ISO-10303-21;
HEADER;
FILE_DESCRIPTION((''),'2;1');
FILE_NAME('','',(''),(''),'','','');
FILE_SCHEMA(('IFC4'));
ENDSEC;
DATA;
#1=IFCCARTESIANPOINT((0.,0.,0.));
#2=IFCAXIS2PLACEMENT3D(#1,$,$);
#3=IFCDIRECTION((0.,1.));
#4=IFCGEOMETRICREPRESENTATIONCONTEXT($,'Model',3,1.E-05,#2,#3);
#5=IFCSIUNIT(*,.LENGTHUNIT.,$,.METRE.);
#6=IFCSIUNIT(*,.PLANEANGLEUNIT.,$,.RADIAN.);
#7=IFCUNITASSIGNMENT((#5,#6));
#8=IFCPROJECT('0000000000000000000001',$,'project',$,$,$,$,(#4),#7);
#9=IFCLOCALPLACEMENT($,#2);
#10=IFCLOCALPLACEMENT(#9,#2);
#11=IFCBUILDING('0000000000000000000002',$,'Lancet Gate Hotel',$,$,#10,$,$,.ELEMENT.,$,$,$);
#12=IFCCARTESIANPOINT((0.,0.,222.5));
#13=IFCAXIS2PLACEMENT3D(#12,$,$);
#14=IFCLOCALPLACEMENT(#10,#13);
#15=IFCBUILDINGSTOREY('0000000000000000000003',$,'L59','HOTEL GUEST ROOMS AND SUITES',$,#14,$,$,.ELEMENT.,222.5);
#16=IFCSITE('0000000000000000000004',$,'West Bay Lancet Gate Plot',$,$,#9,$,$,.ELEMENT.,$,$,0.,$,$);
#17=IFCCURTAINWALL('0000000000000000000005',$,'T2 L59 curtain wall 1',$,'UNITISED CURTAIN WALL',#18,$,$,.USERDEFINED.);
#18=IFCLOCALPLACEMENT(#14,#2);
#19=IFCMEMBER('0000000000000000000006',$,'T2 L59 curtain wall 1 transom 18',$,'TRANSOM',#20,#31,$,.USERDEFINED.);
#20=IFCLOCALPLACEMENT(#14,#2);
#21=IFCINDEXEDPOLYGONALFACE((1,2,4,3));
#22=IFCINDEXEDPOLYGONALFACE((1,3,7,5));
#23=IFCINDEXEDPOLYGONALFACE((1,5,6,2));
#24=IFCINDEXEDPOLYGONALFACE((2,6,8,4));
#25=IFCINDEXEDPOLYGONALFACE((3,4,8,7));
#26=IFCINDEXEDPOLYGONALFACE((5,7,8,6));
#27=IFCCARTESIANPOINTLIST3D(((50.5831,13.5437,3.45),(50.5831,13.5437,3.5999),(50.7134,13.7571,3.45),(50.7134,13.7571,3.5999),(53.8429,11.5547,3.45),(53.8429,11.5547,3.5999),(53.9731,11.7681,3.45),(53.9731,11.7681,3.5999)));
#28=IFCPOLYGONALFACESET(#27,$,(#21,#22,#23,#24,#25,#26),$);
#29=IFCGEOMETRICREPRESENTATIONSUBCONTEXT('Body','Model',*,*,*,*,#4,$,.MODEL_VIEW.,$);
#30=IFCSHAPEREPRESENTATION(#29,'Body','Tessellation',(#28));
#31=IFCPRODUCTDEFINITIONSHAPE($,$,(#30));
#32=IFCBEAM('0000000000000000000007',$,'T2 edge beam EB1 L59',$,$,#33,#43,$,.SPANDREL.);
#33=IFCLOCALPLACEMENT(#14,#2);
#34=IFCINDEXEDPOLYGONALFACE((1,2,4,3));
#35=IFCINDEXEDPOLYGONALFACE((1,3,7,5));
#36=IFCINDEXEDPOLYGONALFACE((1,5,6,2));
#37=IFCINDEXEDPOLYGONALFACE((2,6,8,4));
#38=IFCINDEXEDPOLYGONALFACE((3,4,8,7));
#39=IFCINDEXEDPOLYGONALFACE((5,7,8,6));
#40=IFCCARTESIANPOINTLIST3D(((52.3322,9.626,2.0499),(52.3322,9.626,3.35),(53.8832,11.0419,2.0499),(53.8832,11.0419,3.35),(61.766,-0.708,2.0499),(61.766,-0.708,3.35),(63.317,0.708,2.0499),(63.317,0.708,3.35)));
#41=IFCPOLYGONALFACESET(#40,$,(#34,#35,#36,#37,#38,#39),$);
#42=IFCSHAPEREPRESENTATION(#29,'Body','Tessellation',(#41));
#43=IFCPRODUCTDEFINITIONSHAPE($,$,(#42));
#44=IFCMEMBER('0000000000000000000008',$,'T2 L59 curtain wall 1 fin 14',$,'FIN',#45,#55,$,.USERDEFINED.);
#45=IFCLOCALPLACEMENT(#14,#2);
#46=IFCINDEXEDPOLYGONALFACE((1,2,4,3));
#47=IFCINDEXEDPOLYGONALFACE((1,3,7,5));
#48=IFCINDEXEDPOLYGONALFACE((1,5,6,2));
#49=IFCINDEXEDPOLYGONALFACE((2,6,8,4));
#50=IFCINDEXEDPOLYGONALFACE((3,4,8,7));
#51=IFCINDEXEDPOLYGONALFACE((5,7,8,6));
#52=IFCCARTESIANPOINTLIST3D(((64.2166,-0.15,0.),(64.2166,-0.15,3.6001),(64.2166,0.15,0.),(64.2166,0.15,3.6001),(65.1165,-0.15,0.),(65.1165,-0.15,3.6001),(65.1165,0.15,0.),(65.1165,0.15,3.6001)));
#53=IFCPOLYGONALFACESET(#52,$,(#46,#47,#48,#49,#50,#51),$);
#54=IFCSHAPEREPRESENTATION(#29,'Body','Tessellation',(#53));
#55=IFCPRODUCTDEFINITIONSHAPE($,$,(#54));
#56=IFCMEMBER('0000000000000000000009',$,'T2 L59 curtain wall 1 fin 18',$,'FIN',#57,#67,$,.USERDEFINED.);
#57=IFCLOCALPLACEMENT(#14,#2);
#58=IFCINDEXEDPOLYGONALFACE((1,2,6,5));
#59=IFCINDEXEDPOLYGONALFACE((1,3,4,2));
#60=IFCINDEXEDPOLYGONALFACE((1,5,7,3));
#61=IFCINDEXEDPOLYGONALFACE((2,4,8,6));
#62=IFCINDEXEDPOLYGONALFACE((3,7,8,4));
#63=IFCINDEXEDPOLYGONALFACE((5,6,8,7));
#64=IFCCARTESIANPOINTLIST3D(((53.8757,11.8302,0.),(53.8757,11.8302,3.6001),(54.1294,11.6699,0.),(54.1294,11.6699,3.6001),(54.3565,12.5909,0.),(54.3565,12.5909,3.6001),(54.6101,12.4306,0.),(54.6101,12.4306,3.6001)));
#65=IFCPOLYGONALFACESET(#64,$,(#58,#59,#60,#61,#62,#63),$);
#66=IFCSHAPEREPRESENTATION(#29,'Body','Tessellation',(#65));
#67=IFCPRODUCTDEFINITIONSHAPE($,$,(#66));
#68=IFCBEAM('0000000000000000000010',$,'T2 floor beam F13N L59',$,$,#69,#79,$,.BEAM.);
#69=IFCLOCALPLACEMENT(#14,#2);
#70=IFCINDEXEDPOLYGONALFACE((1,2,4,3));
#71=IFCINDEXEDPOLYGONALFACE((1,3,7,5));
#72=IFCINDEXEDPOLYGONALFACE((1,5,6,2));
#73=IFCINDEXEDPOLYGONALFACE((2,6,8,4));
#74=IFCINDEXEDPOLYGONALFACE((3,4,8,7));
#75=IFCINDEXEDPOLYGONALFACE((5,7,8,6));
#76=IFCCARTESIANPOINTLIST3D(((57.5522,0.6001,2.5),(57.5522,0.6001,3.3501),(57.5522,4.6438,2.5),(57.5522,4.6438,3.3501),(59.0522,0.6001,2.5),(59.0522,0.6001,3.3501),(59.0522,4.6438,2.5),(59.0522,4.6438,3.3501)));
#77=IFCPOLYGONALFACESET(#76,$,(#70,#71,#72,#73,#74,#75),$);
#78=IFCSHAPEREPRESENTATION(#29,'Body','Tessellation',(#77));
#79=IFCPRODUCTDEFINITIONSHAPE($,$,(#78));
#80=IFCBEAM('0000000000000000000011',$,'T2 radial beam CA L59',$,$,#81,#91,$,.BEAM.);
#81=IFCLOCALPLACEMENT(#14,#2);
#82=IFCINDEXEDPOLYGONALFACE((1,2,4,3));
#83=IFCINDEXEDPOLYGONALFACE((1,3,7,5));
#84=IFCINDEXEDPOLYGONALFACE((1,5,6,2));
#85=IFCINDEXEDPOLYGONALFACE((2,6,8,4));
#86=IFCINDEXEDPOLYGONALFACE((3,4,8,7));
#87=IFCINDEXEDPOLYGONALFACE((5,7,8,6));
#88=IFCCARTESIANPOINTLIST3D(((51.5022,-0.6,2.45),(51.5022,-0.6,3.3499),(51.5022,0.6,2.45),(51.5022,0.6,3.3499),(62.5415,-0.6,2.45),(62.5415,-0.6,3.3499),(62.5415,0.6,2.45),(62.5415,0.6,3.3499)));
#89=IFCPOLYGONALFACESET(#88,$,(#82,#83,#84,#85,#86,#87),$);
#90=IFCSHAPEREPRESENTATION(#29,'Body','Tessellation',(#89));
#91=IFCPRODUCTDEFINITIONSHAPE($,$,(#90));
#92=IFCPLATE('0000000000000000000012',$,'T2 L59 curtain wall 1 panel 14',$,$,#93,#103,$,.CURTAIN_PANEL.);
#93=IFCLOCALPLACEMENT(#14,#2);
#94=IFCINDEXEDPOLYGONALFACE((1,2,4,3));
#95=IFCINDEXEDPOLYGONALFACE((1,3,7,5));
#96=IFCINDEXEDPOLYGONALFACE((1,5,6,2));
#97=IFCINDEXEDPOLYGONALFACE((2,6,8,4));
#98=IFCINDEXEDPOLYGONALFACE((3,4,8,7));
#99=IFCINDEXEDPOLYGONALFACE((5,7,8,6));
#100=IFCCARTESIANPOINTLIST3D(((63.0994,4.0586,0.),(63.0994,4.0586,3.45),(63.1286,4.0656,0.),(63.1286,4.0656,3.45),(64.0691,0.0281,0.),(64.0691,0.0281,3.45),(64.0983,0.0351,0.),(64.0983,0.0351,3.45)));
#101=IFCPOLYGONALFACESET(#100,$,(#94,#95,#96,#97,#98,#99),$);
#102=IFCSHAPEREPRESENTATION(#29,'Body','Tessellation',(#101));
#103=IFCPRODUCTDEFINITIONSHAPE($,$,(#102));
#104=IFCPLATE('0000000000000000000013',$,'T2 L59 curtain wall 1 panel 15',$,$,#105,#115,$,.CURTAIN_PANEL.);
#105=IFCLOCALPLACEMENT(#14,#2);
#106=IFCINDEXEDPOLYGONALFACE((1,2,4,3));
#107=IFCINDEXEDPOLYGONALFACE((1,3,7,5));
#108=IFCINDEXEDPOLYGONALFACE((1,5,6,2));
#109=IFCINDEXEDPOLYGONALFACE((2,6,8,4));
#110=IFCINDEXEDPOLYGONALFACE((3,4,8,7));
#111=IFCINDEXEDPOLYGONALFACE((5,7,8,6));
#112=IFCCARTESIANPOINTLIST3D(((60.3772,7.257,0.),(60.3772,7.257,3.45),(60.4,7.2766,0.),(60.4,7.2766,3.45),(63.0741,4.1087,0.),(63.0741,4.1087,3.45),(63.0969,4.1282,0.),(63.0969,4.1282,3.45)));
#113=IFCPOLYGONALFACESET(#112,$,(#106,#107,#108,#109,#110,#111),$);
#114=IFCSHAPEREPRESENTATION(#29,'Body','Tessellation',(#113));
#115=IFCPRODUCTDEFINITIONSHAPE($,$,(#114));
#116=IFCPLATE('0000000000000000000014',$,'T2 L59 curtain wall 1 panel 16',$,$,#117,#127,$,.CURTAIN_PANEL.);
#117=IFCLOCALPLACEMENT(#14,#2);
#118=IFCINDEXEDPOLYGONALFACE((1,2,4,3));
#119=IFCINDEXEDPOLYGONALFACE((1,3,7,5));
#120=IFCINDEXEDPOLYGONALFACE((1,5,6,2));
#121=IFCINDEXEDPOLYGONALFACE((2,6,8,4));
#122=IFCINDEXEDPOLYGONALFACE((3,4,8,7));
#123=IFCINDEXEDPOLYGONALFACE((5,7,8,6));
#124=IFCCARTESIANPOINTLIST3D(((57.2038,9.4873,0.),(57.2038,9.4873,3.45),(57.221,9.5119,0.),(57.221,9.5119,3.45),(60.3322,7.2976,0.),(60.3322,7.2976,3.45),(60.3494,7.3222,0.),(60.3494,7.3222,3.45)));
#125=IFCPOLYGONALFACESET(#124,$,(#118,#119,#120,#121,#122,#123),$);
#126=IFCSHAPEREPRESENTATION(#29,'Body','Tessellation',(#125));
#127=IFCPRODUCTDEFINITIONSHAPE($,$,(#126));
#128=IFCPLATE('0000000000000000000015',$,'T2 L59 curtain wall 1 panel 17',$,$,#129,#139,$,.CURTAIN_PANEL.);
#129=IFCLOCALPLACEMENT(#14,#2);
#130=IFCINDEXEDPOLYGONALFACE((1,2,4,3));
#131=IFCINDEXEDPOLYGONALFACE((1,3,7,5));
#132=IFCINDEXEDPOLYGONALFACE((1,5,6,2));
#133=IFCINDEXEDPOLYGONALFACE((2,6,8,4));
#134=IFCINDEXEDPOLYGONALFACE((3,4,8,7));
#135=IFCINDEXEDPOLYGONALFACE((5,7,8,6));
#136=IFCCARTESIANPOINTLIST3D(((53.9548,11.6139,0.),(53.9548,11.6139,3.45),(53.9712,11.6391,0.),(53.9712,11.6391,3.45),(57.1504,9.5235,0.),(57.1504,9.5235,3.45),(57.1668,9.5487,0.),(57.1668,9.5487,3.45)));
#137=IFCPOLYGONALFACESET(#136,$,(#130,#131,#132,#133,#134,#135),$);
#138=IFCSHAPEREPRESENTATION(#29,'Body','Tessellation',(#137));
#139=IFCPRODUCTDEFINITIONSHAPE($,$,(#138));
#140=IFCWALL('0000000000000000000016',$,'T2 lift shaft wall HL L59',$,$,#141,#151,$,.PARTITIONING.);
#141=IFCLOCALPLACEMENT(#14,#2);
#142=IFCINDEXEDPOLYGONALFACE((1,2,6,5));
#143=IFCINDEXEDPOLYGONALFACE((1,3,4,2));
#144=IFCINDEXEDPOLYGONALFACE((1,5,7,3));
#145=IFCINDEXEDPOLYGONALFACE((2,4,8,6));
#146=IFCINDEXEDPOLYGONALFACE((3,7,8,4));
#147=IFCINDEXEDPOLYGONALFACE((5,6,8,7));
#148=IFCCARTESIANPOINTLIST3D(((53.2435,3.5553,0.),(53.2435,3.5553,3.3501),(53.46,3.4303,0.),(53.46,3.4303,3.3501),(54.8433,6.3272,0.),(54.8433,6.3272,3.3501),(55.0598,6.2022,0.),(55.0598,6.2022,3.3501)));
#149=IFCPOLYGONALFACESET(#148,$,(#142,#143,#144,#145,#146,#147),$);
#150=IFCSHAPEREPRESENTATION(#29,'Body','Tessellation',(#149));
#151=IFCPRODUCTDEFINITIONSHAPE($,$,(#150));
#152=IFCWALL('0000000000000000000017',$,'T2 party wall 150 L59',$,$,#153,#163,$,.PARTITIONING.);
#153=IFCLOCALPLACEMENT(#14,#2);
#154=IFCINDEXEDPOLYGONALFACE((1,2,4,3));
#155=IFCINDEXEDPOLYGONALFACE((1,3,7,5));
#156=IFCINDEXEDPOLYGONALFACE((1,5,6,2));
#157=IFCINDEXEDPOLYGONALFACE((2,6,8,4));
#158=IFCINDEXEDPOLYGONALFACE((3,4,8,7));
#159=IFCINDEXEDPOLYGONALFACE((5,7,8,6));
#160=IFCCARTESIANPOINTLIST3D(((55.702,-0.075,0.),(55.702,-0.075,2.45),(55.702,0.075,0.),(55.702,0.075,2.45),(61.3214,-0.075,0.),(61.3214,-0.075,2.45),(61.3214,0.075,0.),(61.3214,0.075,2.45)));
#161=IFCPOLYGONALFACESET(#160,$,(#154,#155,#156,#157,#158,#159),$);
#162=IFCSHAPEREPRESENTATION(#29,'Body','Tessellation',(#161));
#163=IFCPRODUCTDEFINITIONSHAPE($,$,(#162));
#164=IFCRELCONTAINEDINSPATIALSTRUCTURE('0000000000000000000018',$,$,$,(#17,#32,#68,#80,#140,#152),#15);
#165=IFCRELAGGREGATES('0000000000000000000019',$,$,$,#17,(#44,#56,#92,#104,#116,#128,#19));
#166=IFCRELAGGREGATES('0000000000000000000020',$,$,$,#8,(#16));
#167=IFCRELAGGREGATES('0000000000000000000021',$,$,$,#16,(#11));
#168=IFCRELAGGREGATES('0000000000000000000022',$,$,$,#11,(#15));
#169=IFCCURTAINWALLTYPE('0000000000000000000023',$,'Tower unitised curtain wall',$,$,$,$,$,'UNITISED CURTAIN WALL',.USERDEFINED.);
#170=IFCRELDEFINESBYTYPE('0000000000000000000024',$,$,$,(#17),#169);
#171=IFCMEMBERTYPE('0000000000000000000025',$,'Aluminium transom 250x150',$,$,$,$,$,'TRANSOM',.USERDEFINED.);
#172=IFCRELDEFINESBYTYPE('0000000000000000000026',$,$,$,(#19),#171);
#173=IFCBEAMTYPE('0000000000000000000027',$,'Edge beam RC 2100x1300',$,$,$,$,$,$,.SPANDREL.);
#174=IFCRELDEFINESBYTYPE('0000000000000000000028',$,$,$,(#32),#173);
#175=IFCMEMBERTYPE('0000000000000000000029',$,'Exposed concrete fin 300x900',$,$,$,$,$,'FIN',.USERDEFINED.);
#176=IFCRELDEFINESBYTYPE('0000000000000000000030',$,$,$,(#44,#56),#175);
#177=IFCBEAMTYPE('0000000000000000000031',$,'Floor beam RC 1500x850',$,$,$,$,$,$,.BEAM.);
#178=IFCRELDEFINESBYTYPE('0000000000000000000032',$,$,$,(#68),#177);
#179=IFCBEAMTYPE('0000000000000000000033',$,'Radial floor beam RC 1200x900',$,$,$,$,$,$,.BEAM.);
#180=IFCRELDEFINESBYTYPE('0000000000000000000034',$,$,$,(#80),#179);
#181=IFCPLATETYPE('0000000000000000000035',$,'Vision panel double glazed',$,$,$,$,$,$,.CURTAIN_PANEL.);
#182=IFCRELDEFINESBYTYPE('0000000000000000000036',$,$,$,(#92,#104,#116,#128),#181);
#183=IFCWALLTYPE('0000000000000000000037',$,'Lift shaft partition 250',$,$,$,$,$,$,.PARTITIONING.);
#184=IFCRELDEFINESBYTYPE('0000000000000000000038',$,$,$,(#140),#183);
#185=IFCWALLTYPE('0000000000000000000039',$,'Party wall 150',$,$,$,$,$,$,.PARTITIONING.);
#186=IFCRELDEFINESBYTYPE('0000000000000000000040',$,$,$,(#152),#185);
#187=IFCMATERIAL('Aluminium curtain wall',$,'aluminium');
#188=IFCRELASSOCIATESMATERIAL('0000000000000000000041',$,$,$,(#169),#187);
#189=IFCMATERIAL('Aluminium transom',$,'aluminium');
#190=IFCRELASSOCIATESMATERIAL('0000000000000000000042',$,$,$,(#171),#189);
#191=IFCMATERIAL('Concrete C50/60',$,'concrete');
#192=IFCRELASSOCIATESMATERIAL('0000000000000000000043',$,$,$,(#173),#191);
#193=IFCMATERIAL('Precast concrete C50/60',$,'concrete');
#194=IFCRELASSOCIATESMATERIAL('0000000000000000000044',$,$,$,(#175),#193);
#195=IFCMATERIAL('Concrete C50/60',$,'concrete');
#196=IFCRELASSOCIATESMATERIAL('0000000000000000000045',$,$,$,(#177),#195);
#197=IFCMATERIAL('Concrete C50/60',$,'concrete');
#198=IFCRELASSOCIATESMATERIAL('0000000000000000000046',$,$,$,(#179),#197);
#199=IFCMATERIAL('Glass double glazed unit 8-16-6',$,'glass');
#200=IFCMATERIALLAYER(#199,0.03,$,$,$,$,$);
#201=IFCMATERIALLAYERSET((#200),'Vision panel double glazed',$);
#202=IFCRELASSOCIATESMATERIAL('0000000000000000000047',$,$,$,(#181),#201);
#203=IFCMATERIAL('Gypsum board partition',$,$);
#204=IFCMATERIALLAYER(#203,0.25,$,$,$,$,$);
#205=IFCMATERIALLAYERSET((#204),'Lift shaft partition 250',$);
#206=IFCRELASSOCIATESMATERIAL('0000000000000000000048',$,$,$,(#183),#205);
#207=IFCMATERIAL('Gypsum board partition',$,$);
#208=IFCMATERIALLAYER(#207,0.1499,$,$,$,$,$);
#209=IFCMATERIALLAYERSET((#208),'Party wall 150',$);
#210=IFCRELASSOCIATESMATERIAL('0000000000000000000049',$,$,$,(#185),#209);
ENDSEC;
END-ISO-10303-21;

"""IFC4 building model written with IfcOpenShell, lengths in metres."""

from ifc_helpers import new_model, si_unit, direction, frame, frame_2d, origin, origin_2d, place, context, subcontext, project, spatial, rectangle, extrude, material, layer, layer_set, material_profile, profile_set, type_object, element, aggregate, save


model = new_model("IFC4")

# Units and contexts
model_context = context("Model", 3, precision=1e-05, world=origin(), true_north=direction((0.0, 1.0)))
body_context = subcontext(model_context, "Body", "Model", "MODEL_VIEW")
ifc_project = project(units=[si_unit("LENGTHUNIT", "METRE"), si_unit("PLANEANGLEUNIT", "RADIAN")], contexts=[model_context])

# Site, building, storey
site_placement = place(None, origin())
site = spatial("IfcSite", under=ifc_project, at=site_placement, Name="West Bay Lancet Gate Plot", CompositionType="ELEMENT", RefElevation=0.0)
building_placement = place(site_placement, origin())
building = spatial("IfcBuilding", under=site, at=building_placement, Name="Lancet Gate Hotel", CompositionType="ELEMENT")
storey_placement = place(building_placement, frame((0.0, 0.0, 222.5)))
storey = spatial("IfcBuildingStorey", under=building, at=storey_placement, Name="L59", Description="HOTEL GUEST ROOMS AND SUITES", CompositionType="ELEMENT", Elevation=222.5)

# Curtain wall, member
ifc_material_1 = material(Name="Aluminium curtain wall", Category="aluminium")
curtain_wall_type = type_object("IfcCurtainWallType", Name="Tower unitised curtain wall", ElementType="UNITISED CURTAIN WALL", PredefinedType="USERDEFINED", material=ifc_material_1)
curtain_wall_placement = place(storey_placement, origin())
curtain_wall = element("IfcCurtainWall", 1, at=curtain_wall_placement, inside=storey, type_object=curtain_wall_type, Name="T2 L59 curtain wall 1", ObjectType="UNITISED CURTAIN WALL", PredefinedType="USERDEFINED")
ifc_material_2 = material(Name="Aluminium transom", Category="aluminium")
ifc_material_profile_1 = material_profile(ifc_material_2, rectangle(XDim=0.25, YDim=0.1499, at=origin_2d()), Name="TRANSOM 250x150")
ifc_profile_set_1 = profile_set([ifc_material_profile_1], Name="Aluminium transom")
member_type_1 = type_object("IfcMemberType", Name="Aluminium transom 250x150", ElementType="TRANSOM", PredefinedType="USERDEFINED", material=ifc_profile_set_1)
member_1_placement = place(storey_placement, frame((53.908, 11.6614, 3.5249), z_axis=(-0.853639, 0.520865, 0.0), x_axis=(-0.520865, -0.853639, 0.0)))
member_1 = element("IfcMember", 2, at=member_1_placement, type_object=member_type_1, Name="T2 L59 curtain wall 1 transom 18", ObjectType="TRANSOM", PredefinedType="USERDEFINED", context=body_context, shape_type="SweptSolid", body=[
    extrude(rectangle(XDim=0.25, YDim=0.1499, at=origin_2d()), origin(), (0.0, 0.0, 1.0), 3.8186),
])

# Beam
ifc_material_3 = material(Name="Concrete C50/60", Category="concrete")
ifc_material_profile_2 = material_profile(ifc_material_3, rectangle(XDim=2.1001, YDim=1.3, at=origin_2d()), Name="RC 2100x1300")
ifc_profile_set_2 = profile_set([ifc_material_profile_2], Name="Concrete C50/60")
beam_type_1 = type_object("IfcBeamType", Name="Edge beam RC 2100x1300", PredefinedType="SPANDREL", material=ifc_profile_set_2)
beam_1_placement = place(storey_placement, frame((62.5415, 0.0, 2.7), z_axis=(-0.674209, 0.73854, 0.0), x_axis=(-0.73854, -0.674209, 0.0)))
element("IfcBeam", 3, at=beam_1_placement, inside=storey, type_object=beam_type_1, Name="T2 edge beam EB1 L59", PredefinedType="SPANDREL", context=body_context, shape_type="SweptSolid", body=[
    extrude(rectangle(XDim=2.1001, YDim=1.3, at=origin_2d()), origin(), (0.0, 0.0, 1.0), 13.9924),
])

# Members
ifc_material_4 = material(Name="Precast concrete C50/60", Category="concrete")
ifc_material_profile_3 = material_profile(ifc_material_4, rectangle(XDim=0.3, YDim=0.8999, at=origin_2d()), Name="FIN 300x900")
ifc_profile_set_3 = profile_set([ifc_material_profile_3], Name="Precast concrete C50/60")
member_type_2 = type_object("IfcMemberType", Name="Exposed concrete fin 300x900", ElementType="FIN", PredefinedType="USERDEFINED", material=ifc_profile_set_3)
member_2_placement = place(storey_placement, frame((64.6665, 0.0, 0.0), z_axis=(0.0, 0.0, 1.0), x_axis=(0.0, 1.0, 0.0)))
member_2 = element("IfcMember", 4, at=member_2_placement, type_object=member_type_2, Name="T2 L59 curtain wall 1 fin 14", ObjectType="FIN", PredefinedType="USERDEFINED", context=body_context, shape_type="SweptSolid", body=[
    extrude(rectangle(XDim=0.3, YDim=0.8999, at=origin_2d()), origin(), (0.0, 0.0, 1.0), 3.6001),
])
member_3_placement = place(storey_placement, frame((54.2429, 12.1304, 0.0), z_axis=(0.0, 0.0, 1.0), x_axis=(-0.84534, 0.534229, 0.0)))
member_3 = element("IfcMember", 5, at=member_3_placement, type_object=member_type_2, Name="T2 L59 curtain wall 1 fin 18", ObjectType="FIN", PredefinedType="USERDEFINED", context=body_context, shape_type="SweptSolid", body=[
    extrude(rectangle(XDim=0.3, YDim=0.8999, at=origin_2d()), origin(), (0.0, 0.0, 1.0), 3.6001),
])

# Beams
ifc_material_5 = material(Name="Concrete C50/60", Category="concrete")
ifc_material_profile_4 = material_profile(ifc_material_5, rectangle(XDim=1.5, YDim=0.8501, at=origin_2d()), Name="RC 1500x850")
ifc_profile_set_4 = profile_set([ifc_material_profile_4], Name="Concrete C50/60")
beam_type_2 = type_object("IfcBeamType", Name="Floor beam RC 1500x850", PredefinedType="BEAM", material=ifc_profile_set_4)
beam_2_placement = place(storey_placement, frame((58.3022, 0.6001, 2.925), z_axis=(0.0, 1.0, 0.0), x_axis=(-1.0, 0.0, 0.0)))
element("IfcBeam", 6, at=beam_2_placement, inside=storey, type_object=beam_type_2, Name="T2 floor beam F13N L59", PredefinedType="BEAM", context=body_context, shape_type="SweptSolid", body=[
    extrude(rectangle(XDim=1.5, YDim=0.8501, at=origin_2d()), origin(), (0.0, 0.0, 1.0), 4.0437),
])
ifc_material_6 = material(Name="Concrete C50/60", Category="concrete")
ifc_material_profile_5 = material_profile(ifc_material_6, rectangle(XDim=1.2, YDim=0.8999, at=origin_2d()), Name="RC 1200x900")
ifc_profile_set_5 = profile_set([ifc_material_profile_5], Name="Concrete C50/60")
beam_type_3 = type_object("IfcBeamType", Name="Radial floor beam RC 1200x900", PredefinedType="BEAM", material=ifc_profile_set_5)
beam_3_placement = place(storey_placement, frame((62.5415, 0.0, 2.8999), z_axis=(-1.0, 0.0, 0.0), x_axis=(0.0, -1.0, 0.0)))
element("IfcBeam", 7, at=beam_3_placement, inside=storey, type_object=beam_type_3, Name="T2 radial beam CA L59", PredefinedType="BEAM", context=body_context, shape_type="SweptSolid", body=[
    extrude(rectangle(XDim=1.2, YDim=0.8999, at=origin_2d()), origin(), (0.0, 0.0, 1.0), 11.0393),
])

# Plates
ifc_material_7 = material(Name="Glass double glazed unit 8-16-6", Category="glass")
ifc_layer_1 = layer(ifc_material_7, 0.03)
ifc_layer_set_1 = layer_set([ifc_layer_1], Name="Vision panel double glazed")
plate_type = type_object("IfcPlateType", Name="Vision panel double glazed", PredefinedType="CURTAIN_PANEL", material=ifc_layer_set_1)
plate_1_placement = place(storey_placement, frame((63.5989, 2.0469, 0.0), z_axis=(0.0, 0.0, 1.0), x_axis=(-0.233916, 0.972257, 0.0)))
plate_1 = element("IfcPlate", 8, at=plate_1_placement, type_object=plate_type, Name="T2 L59 curtain wall 1 panel 14", PredefinedType="CURTAIN_PANEL", context=body_context, shape_type="SweptSolid", body=[
    extrude(rectangle(XDim=4.1455, YDim=0.03, at=origin_2d()), origin(), (0.0, 0.0, 1.0), 3.45),
])
plate_2_placement = place(storey_placement, frame((61.7371, 5.6926, 0.0), z_axis=(0.0, 0.0, 1.0), x_axis=(-0.650552, 0.759462, 0.0)))
plate_2 = element("IfcPlate", 9, at=plate_2_placement, type_object=plate_type, Name="T2 L59 curtain wall 1 panel 15", PredefinedType="CURTAIN_PANEL", context=body_context, shape_type="SweptSolid", body=[
    extrude(rectangle(XDim=4.1455, YDim=0.03, at=origin_2d()), origin(), (0.0, 0.0, 1.0), 3.45),
])
plate_3_placement = place(storey_placement, frame((58.7766, 8.4048, 0.0), z_axis=(0.0, 0.0, 1.0), x_axis=(-0.819255, 0.573429, 0.0)))
plate_3 = element("IfcPlate", 10, at=plate_3_placement, type_object=plate_type, Name="T2 L59 curtain wall 1 panel 16", PredefinedType="CURTAIN_PANEL", context=body_context, shape_type="SweptSolid", body=[
    extrude(rectangle(XDim=3.8186, YDim=0.03, at=origin_2d()), origin(), (0.0, 0.0, 1.0), 3.45),
])
plate_4_placement = place(storey_placement, frame((55.5608, 10.5813, 0.0), z_axis=(0.0, 0.0, 1.0), x_axis=(-0.83685, 0.547432, 0.0)))
plate_4 = element("IfcPlate", 11, at=plate_4_placement, type_object=plate_type, Name="T2 L59 curtain wall 1 panel 17", PredefinedType="CURTAIN_PANEL", context=body_context, shape_type="SweptSolid", body=[
    extrude(rectangle(XDim=3.8186, YDim=0.03, at=origin_2d()), origin(), (0.0, 0.0, 1.0), 3.45),
])
aggregate(curtain_wall, [member_2, member_3, plate_1, plate_2, plate_3, plate_4, member_1])

# Walls
ifc_material_8 = material(Name="Gypsum board partition")
ifc_layer_2 = layer(ifc_material_8, 0.25)
ifc_layer_set_2 = layer_set([ifc_layer_2], Name="Lift shaft partition 250")
wall_type_1 = type_object("IfcWallType", Name="Lift shaft partition 250", PredefinedType="PARTITIONING", material=ifc_layer_set_2)
wall_1_placement = place(storey_placement, frame((53.3518, 3.4929, 0.0), z_axis=(0.0, 0.0, 1.0), x_axis=(0.499872, 0.866099, 0.0)))
element("IfcWall", 12, at=wall_1_placement, inside=storey, type_object=wall_type_1, Name="T2 lift shaft wall HL L59", PredefinedType="PARTITIONING", context=body_context, shape_type="SweptSolid", body=[
    extrude(rectangle(XDim=3.2004, YDim=0.25, at=frame_2d((1.6001, 0.0))), origin(), (0.0, 0.0, 1.0), 3.3501),
])
ifc_material_9 = material(Name="Gypsum board partition")
ifc_layer_3 = layer(ifc_material_9, 0.1499)
ifc_layer_set_3 = layer_set([ifc_layer_3], Name="Party wall 150")
wall_type_2 = type_object("IfcWallType", Name="Party wall 150", PredefinedType="PARTITIONING", material=ifc_layer_set_3)
wall_2_placement = place(storey_placement, frame((55.7021, 0.0, 0.0), z_axis=(0.0, 0.0, 1.0), x_axis=(1.0, 0.0, 0.0)))
element("IfcWall", 13, at=wall_2_placement, inside=storey, type_object=wall_type_2, Name="T2 party wall 150 L59", PredefinedType="PARTITIONING", context=body_context, shape_type="SweptSolid", body=[
    extrude(rectangle(XDim=5.6194, YDim=0.1499, at=frame_2d((2.8096, 0.0))), origin(), (0.0, 0.0, 1.0), 2.45),
])

save(model, "model.ifc")
